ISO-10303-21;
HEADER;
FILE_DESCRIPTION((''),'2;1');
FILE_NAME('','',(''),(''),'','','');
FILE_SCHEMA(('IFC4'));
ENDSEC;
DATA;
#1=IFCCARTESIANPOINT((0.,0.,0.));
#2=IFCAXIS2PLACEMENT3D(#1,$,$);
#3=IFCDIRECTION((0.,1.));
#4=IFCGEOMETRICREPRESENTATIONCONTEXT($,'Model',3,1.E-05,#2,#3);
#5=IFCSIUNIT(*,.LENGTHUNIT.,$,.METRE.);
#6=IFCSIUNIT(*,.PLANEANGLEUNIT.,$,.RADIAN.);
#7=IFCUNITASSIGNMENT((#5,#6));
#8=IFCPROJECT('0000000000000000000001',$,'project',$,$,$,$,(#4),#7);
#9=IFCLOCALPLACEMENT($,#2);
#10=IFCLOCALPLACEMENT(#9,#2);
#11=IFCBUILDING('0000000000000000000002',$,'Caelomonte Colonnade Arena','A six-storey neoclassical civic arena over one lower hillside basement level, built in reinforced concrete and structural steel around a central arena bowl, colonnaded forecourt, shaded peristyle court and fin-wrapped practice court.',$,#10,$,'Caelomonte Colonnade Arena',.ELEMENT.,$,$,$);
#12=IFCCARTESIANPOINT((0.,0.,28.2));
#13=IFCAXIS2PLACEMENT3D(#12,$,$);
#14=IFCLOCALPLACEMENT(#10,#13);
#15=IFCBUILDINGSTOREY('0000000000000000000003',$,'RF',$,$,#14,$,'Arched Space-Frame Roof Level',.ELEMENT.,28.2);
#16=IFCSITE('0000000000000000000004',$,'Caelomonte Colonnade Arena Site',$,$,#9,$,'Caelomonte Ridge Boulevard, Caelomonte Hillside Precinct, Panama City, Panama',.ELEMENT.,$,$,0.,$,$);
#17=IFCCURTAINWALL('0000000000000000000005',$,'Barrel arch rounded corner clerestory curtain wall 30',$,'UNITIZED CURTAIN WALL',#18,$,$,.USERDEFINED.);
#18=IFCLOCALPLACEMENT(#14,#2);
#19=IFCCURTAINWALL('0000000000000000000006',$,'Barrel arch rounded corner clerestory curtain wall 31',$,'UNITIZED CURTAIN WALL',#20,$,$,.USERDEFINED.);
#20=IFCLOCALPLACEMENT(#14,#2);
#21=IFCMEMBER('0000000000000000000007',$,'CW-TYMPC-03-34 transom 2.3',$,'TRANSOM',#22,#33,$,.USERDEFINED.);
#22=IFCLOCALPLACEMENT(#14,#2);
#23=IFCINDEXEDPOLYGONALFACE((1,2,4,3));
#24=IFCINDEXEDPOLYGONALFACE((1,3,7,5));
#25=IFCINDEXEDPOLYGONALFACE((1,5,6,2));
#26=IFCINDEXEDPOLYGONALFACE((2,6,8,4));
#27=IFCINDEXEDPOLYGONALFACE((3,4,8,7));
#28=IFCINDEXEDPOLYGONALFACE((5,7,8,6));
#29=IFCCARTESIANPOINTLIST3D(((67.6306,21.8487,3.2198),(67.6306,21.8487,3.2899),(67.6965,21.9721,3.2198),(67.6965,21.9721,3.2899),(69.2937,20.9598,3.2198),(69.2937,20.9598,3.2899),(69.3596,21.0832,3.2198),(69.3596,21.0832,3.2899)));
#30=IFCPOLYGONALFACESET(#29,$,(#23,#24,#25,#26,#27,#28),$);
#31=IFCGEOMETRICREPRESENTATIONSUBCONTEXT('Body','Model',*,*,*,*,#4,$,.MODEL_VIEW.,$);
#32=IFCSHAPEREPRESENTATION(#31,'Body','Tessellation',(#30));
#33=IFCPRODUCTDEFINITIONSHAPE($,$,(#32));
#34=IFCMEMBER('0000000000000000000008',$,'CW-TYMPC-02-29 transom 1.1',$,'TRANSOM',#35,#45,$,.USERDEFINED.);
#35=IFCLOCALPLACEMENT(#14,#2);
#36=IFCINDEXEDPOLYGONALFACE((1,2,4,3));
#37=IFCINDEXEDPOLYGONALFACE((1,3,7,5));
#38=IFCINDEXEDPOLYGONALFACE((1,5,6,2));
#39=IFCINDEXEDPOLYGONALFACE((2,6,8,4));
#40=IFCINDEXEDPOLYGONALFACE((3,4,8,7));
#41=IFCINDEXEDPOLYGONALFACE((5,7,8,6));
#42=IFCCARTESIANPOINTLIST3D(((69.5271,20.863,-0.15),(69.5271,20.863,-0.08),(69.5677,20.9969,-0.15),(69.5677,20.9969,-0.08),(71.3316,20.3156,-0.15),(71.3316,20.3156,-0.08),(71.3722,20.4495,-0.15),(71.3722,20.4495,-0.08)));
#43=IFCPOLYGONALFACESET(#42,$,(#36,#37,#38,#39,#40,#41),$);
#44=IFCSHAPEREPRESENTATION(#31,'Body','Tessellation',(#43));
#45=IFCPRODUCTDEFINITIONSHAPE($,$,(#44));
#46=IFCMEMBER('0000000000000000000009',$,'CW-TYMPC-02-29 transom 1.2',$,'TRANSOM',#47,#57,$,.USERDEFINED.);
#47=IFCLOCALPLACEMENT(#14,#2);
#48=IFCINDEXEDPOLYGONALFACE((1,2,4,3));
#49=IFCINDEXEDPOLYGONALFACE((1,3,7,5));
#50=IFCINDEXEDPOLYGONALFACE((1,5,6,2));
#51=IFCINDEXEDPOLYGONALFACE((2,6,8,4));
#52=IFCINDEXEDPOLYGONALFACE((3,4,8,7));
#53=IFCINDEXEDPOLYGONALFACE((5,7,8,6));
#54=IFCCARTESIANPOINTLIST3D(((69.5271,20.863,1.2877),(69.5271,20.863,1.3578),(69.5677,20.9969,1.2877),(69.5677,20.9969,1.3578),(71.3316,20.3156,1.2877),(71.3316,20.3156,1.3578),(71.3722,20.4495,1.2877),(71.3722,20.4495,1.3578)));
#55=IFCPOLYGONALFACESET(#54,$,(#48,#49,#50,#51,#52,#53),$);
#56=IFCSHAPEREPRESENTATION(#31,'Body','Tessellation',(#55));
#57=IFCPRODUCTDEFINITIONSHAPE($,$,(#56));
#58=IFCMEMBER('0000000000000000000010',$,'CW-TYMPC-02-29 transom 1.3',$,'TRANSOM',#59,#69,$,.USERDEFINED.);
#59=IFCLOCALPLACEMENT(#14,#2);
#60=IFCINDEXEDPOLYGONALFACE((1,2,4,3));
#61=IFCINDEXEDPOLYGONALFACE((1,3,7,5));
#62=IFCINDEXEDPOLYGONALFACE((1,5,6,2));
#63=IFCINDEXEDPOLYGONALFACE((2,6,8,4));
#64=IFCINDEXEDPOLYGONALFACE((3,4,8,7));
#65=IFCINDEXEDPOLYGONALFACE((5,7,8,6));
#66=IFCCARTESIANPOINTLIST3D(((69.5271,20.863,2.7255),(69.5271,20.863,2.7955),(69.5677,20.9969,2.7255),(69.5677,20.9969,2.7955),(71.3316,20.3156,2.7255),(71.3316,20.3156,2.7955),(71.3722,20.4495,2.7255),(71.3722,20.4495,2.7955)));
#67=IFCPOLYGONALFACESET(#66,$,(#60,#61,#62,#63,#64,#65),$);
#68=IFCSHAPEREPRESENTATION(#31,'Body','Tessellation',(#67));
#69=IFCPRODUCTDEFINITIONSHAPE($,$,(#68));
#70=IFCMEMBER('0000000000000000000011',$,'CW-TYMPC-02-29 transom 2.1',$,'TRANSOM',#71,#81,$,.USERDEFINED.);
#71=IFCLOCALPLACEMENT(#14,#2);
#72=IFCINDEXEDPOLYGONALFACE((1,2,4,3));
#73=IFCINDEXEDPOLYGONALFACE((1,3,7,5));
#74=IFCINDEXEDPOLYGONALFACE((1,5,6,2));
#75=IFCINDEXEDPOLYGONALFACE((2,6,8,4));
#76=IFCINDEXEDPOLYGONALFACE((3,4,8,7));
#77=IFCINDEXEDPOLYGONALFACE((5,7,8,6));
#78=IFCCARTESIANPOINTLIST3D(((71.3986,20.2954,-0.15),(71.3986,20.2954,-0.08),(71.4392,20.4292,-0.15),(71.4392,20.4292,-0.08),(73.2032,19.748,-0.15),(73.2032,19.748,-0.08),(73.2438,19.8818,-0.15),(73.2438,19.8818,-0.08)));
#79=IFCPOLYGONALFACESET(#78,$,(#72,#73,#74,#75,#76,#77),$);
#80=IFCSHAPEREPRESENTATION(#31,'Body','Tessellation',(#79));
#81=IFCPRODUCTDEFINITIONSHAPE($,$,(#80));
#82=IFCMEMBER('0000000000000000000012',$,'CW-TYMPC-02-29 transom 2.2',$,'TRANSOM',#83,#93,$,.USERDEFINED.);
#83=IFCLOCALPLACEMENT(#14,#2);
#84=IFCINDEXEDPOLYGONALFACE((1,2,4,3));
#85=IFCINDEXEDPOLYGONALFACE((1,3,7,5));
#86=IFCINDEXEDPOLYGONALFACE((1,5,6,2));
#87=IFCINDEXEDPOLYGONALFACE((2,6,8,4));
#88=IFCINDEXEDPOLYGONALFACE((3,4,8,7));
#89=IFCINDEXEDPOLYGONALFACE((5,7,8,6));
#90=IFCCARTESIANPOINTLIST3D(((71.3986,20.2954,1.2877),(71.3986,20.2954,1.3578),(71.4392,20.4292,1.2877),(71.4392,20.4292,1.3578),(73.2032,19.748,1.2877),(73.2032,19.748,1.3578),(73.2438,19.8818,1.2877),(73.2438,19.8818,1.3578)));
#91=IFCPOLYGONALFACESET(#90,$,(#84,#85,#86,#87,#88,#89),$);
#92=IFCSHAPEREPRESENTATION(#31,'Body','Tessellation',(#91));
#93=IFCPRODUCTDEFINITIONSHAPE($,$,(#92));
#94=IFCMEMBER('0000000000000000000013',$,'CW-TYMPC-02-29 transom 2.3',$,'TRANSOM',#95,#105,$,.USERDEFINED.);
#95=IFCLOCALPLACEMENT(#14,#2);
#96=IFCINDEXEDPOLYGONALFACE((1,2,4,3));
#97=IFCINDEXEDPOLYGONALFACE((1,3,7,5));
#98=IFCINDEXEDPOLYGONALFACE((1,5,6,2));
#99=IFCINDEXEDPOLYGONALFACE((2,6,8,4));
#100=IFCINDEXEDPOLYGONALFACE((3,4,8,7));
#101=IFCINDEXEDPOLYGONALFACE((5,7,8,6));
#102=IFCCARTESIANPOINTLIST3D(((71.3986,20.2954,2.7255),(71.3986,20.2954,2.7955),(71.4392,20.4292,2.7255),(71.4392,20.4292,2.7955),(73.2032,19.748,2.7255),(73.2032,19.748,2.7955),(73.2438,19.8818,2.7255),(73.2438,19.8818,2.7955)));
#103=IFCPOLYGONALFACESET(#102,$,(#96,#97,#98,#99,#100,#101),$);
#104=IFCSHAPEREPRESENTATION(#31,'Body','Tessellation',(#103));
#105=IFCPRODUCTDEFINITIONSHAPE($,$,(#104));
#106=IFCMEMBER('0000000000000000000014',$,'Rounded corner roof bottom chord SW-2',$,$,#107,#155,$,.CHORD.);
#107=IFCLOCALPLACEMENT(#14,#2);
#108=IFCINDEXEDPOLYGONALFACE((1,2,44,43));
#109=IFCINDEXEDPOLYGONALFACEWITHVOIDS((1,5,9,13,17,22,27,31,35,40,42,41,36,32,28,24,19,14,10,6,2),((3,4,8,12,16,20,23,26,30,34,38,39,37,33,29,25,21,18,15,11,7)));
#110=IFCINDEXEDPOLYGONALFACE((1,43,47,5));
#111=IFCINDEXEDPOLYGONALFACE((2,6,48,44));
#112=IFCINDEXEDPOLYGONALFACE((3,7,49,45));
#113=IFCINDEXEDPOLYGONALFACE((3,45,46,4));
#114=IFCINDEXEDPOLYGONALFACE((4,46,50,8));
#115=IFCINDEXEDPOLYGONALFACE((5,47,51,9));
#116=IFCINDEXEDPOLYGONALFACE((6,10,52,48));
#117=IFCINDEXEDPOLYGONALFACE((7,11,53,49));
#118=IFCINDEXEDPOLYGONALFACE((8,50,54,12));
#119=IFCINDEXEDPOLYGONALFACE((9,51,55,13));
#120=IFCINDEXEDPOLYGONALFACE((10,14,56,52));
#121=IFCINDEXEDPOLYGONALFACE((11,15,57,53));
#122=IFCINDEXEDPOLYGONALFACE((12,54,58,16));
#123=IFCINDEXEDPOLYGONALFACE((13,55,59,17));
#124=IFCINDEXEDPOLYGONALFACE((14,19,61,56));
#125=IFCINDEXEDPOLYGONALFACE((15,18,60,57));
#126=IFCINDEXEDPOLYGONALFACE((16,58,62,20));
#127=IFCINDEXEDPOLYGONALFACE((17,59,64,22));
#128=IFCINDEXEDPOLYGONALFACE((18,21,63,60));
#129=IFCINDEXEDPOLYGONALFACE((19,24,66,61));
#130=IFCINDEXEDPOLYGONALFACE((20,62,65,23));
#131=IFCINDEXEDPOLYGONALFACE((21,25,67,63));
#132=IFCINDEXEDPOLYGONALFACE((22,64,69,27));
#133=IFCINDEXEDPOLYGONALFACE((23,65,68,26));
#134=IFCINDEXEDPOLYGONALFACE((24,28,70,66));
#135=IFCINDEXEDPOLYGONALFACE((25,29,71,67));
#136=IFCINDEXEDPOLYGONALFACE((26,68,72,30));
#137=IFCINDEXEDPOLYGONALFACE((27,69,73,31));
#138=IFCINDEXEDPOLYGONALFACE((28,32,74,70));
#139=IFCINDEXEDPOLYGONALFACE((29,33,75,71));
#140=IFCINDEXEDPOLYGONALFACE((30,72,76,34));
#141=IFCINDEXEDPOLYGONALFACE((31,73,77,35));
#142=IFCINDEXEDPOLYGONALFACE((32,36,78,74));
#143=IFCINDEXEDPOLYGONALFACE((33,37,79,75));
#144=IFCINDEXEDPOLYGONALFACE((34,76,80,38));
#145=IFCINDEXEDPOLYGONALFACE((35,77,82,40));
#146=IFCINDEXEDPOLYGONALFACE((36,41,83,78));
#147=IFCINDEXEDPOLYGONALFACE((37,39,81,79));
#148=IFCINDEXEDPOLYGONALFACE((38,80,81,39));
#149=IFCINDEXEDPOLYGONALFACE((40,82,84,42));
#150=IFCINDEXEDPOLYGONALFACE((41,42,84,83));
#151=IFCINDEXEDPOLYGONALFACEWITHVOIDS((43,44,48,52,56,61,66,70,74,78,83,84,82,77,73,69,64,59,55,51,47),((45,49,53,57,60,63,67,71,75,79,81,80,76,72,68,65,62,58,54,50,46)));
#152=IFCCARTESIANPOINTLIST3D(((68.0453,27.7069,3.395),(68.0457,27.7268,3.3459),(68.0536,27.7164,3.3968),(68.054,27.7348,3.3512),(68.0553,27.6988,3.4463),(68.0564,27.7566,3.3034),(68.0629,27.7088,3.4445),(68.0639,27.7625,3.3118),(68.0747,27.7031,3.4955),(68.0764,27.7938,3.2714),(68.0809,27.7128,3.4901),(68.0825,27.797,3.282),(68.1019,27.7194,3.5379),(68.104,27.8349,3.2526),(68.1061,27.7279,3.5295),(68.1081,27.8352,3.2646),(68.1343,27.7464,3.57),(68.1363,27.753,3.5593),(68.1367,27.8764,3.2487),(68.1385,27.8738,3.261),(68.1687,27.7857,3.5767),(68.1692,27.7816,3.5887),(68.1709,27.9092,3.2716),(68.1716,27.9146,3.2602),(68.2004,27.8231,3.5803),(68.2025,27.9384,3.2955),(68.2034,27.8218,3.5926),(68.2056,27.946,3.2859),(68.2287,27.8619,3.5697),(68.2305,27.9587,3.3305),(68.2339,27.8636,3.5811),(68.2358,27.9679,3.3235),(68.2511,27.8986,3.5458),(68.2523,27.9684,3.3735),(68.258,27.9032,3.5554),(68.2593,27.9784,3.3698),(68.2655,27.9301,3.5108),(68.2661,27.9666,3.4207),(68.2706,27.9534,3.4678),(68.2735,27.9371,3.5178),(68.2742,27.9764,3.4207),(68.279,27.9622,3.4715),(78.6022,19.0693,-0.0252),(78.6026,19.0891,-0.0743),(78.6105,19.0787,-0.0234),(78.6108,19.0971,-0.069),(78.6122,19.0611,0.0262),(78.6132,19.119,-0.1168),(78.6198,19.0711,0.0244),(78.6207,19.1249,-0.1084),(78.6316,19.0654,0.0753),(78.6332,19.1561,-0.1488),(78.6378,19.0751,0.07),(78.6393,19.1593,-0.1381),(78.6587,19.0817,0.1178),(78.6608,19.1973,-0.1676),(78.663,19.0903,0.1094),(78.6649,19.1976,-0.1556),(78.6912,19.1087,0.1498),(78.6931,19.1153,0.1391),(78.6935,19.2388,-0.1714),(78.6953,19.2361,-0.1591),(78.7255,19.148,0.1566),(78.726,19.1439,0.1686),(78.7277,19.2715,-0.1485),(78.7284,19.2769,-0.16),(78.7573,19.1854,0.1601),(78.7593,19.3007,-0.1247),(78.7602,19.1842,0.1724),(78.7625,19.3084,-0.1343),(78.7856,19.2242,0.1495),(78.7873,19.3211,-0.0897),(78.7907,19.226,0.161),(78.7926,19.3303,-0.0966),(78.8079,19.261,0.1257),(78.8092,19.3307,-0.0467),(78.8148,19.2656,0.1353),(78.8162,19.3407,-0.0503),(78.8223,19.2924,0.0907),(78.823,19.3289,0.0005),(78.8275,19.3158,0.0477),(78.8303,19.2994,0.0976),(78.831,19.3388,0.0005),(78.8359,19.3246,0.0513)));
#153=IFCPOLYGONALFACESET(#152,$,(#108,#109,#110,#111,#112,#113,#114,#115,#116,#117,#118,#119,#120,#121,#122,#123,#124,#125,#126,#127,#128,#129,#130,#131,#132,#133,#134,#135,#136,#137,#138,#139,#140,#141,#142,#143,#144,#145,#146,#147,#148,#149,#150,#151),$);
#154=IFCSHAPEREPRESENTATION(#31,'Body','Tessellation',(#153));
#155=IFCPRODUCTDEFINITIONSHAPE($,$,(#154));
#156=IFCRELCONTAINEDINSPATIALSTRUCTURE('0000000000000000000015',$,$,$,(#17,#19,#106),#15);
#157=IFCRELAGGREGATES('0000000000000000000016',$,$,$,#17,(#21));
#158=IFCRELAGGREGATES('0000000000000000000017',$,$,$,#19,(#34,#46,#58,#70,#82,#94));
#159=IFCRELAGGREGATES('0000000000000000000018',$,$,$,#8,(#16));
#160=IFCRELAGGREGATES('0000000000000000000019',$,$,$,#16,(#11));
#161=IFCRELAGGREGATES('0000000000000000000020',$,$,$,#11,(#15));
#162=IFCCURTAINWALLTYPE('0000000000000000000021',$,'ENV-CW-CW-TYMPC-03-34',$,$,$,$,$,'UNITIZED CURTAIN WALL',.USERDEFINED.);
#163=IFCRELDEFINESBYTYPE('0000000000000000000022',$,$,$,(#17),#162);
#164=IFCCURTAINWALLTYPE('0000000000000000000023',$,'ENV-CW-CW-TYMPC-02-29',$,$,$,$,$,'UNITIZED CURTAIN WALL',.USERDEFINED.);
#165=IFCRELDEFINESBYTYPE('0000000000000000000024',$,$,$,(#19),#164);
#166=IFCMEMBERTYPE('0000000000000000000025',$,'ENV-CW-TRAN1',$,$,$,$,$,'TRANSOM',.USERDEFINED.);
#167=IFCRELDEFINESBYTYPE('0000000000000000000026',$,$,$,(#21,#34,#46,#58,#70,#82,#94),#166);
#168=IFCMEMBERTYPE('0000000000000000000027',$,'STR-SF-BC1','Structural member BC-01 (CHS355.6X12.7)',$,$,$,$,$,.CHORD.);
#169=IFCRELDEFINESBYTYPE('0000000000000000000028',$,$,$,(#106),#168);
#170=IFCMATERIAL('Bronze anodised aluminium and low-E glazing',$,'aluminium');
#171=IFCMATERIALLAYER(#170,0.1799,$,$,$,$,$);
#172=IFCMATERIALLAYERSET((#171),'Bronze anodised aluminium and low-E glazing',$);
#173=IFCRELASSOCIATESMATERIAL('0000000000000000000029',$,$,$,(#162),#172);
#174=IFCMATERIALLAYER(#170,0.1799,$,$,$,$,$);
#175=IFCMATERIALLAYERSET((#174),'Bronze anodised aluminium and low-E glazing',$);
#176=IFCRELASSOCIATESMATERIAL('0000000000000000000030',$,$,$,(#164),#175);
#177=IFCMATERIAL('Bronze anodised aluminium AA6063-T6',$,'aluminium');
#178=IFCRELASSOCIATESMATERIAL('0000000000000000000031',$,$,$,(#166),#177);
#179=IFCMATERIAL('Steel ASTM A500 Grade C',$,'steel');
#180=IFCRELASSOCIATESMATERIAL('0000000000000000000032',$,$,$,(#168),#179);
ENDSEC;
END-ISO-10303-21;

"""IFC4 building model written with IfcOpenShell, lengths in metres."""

from ifc_helpers import new_model, si_unit, direction, frame, origin, origin_2d, place, context, subcontext, project, spatial, rectangle, hollow_circle, extrude, material, layer, layer_set, material_profile, profile_set, type_object, element, aggregate, save


model = new_model("IFC4")

# Units and contexts
model_context = context("Model", 3, precision=1e-05, world=origin(), true_north=direction((0.0, 1.0)))
body_context = subcontext(model_context, "Body", "Model", "MODEL_VIEW")
ifc_project = project(units=[si_unit("LENGTHUNIT", "METRE"), si_unit("PLANEANGLEUNIT", "RADIAN")], contexts=[model_context])

# Site, building, storey
site_placement = place(None, origin())
site = spatial("IfcSite", under=ifc_project, at=site_placement, Name="Caelomonte Colonnade Arena Site", LongName="Caelomonte Ridge Boulevard, Caelomonte Hillside Precinct, Panama City, Panama", CompositionType="ELEMENT", RefElevation=0.0)
building_placement = place(site_placement, origin())
building = spatial("IfcBuilding", under=site, at=building_placement, Name="Caelomonte Colonnade Arena", Description="A six-storey neoclassical civic arena over one lower hillside basement level, built in reinforced concrete and structural steel around a central arena bowl, colonnaded forecourt, shaded peristyle court and fin-wrapped practice court.", LongName="Caelomonte Colonnade Arena", CompositionType="ELEMENT")
storey_placement = place(building_placement, frame((0.0, 0.0, 28.2)))
storey = spatial("IfcBuildingStorey", under=building, at=storey_placement, Name="RF", LongName="Arched Space-Frame Roof Level", CompositionType="ELEMENT", Elevation=28.2)

# Shared definitions
ifc_material_1 = material(Name="Bronze anodised aluminium and low-E glazing", Category="aluminium")
ifc_material_2 = material(Name="Bronze anodised aluminium AA6063-T6", Category="aluminium")

# Curtain walls
ifc_layer_1 = layer(ifc_material_1, 0.1799)
ifc_layer_set_1 = layer_set([ifc_layer_1], Name="Bronze anodised aluminium and low-E glazing")
curtain_wall_type_1 = type_object("IfcCurtainWallType", Name="ENV-CW-CW-TYMPC-03-34", ElementType="UNITIZED CURTAIN WALL", PredefinedType="USERDEFINED", material=ifc_layer_set_1)
curtain_wall_1_placement = place(storey_placement, origin())
curtain_wall_1 = element("IfcCurtainWall", 1, at=curtain_wall_1_placement, inside=storey, type_object=curtain_wall_type_1, Name="Barrel arch rounded corner clerestory curtain wall 30", ObjectType="UNITIZED CURTAIN WALL", PredefinedType="USERDEFINED")
ifc_layer_2 = layer(ifc_material_1, 0.1799)
ifc_layer_set_2 = layer_set([ifc_layer_2], Name="Bronze anodised aluminium and low-E glazing")
curtain_wall_type_2 = type_object("IfcCurtainWallType", Name="ENV-CW-CW-TYMPC-02-29", ElementType="UNITIZED CURTAIN WALL", PredefinedType="USERDEFINED", material=ifc_layer_set_2)
curtain_wall_2_placement = place(storey_placement, origin())
curtain_wall_2 = element("IfcCurtainWall", 2, at=curtain_wall_2_placement, inside=storey, type_object=curtain_wall_type_2, Name="Barrel arch rounded corner clerestory curtain wall 31", ObjectType="UNITIZED CURTAIN WALL", PredefinedType="USERDEFINED")

# Members
ifc_material_profile_1 = material_profile(ifc_material_2, rectangle(XDim=0.0701, YDim=0.1399, at=origin_2d()), Name="CWT-70X140")
ifc_profile_set_1 = profile_set([ifc_material_profile_1], Name="Bronze anodised aluminium AA6063-T6")
member_type_1 = type_object("IfcMemberType", Name="ENV-CW-TRAN1", ElementType="TRANSOM", PredefinedType="USERDEFINED", material=ifc_profile_set_1)
member_1_placement = place(storey_placement, frame((67.6636, 21.9104, 3.2549), z_axis=(0.881926, -0.471388, 0.0), x_axis=(0.0, 0.0, 1.0)))
member_1 = element("IfcMember", 3, at=member_1_placement, type_object=member_type_1, Name="CW-TYMPC-03-34 transom 2.3", ObjectType="TRANSOM", PredefinedType="USERDEFINED", context=body_context, shape_type="SweptSolid", body=[
    extrude(rectangle(XDim=0.0701, YDim=0.1399, at=origin_2d()), origin(), (0.0, 0.0, 1.0), 1.8857),
])
member_2_placement = place(storey_placement, frame((69.5474, 20.9299, -0.115), z_axis=(0.956942, -0.29028, 0.0), x_axis=(0.0, 0.0, 1.0)))
member_2 = element("IfcMember", 4, at=member_2_placement, type_object=member_type_1, Name="CW-TYMPC-02-29 transom 1.1", ObjectType="TRANSOM", PredefinedType="USERDEFINED", context=body_context, shape_type="SweptSolid", body=[
    extrude(rectangle(XDim=0.0701, YDim=0.1399, at=origin_2d()), origin(), (0.0, 0.0, 1.0), 1.8857),
])
member_3_placement = place(storey_placement, frame((69.5474, 20.9299, 1.3228), z_axis=(0.956942, -0.29028, 0.0), x_axis=(0.0, 0.0, 1.0)))
member_3 = element("IfcMember", 5, at=member_3_placement, type_object=member_type_1, Name="CW-TYMPC-02-29 transom 1.2", ObjectType="TRANSOM", PredefinedType="USERDEFINED", context=body_context, shape_type="SweptSolid", body=[
    extrude(rectangle(XDim=0.0701, YDim=0.1399, at=origin_2d()), origin(), (0.0, 0.0, 1.0), 1.8857),
])
member_4_placement = place(storey_placement, frame((69.5474, 20.9299, 2.7605), z_axis=(0.956942, -0.29028, 0.0), x_axis=(0.0, 0.0, 1.0)))
member_4 = element("IfcMember", 6, at=member_4_placement, type_object=member_type_1, Name="CW-TYMPC-02-29 transom 1.3", ObjectType="TRANSOM", PredefinedType="USERDEFINED", context=body_context, shape_type="SweptSolid", body=[
    extrude(rectangle(XDim=0.0701, YDim=0.1399, at=origin_2d()), origin(), (0.0, 0.0, 1.0), 1.8857),
])
member_5_placement = place(storey_placement, frame((71.4189, 20.3623, -0.115), z_axis=(0.956942, -0.29028, 0.0), x_axis=(0.0, 0.0, 1.0)))
member_5 = element("IfcMember", 7, at=member_5_placement, type_object=member_type_1, Name="CW-TYMPC-02-29 transom 2.1", ObjectType="TRANSOM", PredefinedType="USERDEFINED", context=body_context, shape_type="SweptSolid", body=[
    extrude(rectangle(XDim=0.0701, YDim=0.1399, at=origin_2d()), origin(), (0.0, 0.0, 1.0), 1.8857),
])
member_6_placement = place(storey_placement, frame((71.4189, 20.3623, 1.3228), z_axis=(0.956942, -0.29028, 0.0), x_axis=(0.0, 0.0, 1.0)))
member_6 = element("IfcMember", 8, at=member_6_placement, type_object=member_type_1, Name="CW-TYMPC-02-29 transom 2.2", ObjectType="TRANSOM", PredefinedType="USERDEFINED", context=body_context, shape_type="SweptSolid", body=[
    extrude(rectangle(XDim=0.0701, YDim=0.1399, at=origin_2d()), origin(), (0.0, 0.0, 1.0), 1.8857),
])
member_7_placement = place(storey_placement, frame((71.4189, 20.3623, 2.7605), z_axis=(0.956942, -0.29028, 0.0), x_axis=(0.0, 0.0, 1.0)))
member_7 = element("IfcMember", 9, at=member_7_placement, type_object=member_type_1, Name="CW-TYMPC-02-29 transom 2.3", ObjectType="TRANSOM", PredefinedType="USERDEFINED", context=body_context, shape_type="SweptSolid", body=[
    extrude(rectangle(XDim=0.0701, YDim=0.1399, at=origin_2d()), origin(), (0.0, 0.0, 1.0), 1.8857),
])

# Member
ifc_material_3 = material(Name="Steel ASTM A500 Grade C", Category="steel")
ifc_material_profile_2 = material_profile(ifc_material_3, hollow_circle(Radius=0.1777, WallThickness=0.0127, at=origin_2d()), Name="CHS355.6X12.7")
ifc_profile_set_2 = profile_set([ifc_material_profile_2], Name="Steel ASTM A500 Grade C")
member_type_2 = type_object("IfcMemberType", Name="STR-SF-BC1", Description="Structural member BC-01 (CHS355.6X12.7)", PredefinedType="CHORD", material=ifc_profile_set_2)
member_8_placement = place(storey_placement, frame((68.1616, 27.8389, 3.4207), z_axis=(0.750709, -0.614234, -0.243211), x_axis=(0.633249, 0.773949, 0.0)))
element("IfcMember", 10, at=member_8_placement, inside=storey, type_object=member_type_2, Name="Rounded corner roof bottom chord SW-2", PredefinedType="CHORD", context=body_context, shape_type="SweptSolid", body=[
    extrude(hollow_circle(Radius=0.1777, WallThickness=0.0127, at=origin_2d()), origin(), (0.0, 0.0, 1.0), 14.0625),
])

aggregate(curtain_wall_1, [member_1])
aggregate(curtain_wall_2, [member_2, member_3, member_4, member_5, member_6, member_7])

save(model, "model.ifc")
